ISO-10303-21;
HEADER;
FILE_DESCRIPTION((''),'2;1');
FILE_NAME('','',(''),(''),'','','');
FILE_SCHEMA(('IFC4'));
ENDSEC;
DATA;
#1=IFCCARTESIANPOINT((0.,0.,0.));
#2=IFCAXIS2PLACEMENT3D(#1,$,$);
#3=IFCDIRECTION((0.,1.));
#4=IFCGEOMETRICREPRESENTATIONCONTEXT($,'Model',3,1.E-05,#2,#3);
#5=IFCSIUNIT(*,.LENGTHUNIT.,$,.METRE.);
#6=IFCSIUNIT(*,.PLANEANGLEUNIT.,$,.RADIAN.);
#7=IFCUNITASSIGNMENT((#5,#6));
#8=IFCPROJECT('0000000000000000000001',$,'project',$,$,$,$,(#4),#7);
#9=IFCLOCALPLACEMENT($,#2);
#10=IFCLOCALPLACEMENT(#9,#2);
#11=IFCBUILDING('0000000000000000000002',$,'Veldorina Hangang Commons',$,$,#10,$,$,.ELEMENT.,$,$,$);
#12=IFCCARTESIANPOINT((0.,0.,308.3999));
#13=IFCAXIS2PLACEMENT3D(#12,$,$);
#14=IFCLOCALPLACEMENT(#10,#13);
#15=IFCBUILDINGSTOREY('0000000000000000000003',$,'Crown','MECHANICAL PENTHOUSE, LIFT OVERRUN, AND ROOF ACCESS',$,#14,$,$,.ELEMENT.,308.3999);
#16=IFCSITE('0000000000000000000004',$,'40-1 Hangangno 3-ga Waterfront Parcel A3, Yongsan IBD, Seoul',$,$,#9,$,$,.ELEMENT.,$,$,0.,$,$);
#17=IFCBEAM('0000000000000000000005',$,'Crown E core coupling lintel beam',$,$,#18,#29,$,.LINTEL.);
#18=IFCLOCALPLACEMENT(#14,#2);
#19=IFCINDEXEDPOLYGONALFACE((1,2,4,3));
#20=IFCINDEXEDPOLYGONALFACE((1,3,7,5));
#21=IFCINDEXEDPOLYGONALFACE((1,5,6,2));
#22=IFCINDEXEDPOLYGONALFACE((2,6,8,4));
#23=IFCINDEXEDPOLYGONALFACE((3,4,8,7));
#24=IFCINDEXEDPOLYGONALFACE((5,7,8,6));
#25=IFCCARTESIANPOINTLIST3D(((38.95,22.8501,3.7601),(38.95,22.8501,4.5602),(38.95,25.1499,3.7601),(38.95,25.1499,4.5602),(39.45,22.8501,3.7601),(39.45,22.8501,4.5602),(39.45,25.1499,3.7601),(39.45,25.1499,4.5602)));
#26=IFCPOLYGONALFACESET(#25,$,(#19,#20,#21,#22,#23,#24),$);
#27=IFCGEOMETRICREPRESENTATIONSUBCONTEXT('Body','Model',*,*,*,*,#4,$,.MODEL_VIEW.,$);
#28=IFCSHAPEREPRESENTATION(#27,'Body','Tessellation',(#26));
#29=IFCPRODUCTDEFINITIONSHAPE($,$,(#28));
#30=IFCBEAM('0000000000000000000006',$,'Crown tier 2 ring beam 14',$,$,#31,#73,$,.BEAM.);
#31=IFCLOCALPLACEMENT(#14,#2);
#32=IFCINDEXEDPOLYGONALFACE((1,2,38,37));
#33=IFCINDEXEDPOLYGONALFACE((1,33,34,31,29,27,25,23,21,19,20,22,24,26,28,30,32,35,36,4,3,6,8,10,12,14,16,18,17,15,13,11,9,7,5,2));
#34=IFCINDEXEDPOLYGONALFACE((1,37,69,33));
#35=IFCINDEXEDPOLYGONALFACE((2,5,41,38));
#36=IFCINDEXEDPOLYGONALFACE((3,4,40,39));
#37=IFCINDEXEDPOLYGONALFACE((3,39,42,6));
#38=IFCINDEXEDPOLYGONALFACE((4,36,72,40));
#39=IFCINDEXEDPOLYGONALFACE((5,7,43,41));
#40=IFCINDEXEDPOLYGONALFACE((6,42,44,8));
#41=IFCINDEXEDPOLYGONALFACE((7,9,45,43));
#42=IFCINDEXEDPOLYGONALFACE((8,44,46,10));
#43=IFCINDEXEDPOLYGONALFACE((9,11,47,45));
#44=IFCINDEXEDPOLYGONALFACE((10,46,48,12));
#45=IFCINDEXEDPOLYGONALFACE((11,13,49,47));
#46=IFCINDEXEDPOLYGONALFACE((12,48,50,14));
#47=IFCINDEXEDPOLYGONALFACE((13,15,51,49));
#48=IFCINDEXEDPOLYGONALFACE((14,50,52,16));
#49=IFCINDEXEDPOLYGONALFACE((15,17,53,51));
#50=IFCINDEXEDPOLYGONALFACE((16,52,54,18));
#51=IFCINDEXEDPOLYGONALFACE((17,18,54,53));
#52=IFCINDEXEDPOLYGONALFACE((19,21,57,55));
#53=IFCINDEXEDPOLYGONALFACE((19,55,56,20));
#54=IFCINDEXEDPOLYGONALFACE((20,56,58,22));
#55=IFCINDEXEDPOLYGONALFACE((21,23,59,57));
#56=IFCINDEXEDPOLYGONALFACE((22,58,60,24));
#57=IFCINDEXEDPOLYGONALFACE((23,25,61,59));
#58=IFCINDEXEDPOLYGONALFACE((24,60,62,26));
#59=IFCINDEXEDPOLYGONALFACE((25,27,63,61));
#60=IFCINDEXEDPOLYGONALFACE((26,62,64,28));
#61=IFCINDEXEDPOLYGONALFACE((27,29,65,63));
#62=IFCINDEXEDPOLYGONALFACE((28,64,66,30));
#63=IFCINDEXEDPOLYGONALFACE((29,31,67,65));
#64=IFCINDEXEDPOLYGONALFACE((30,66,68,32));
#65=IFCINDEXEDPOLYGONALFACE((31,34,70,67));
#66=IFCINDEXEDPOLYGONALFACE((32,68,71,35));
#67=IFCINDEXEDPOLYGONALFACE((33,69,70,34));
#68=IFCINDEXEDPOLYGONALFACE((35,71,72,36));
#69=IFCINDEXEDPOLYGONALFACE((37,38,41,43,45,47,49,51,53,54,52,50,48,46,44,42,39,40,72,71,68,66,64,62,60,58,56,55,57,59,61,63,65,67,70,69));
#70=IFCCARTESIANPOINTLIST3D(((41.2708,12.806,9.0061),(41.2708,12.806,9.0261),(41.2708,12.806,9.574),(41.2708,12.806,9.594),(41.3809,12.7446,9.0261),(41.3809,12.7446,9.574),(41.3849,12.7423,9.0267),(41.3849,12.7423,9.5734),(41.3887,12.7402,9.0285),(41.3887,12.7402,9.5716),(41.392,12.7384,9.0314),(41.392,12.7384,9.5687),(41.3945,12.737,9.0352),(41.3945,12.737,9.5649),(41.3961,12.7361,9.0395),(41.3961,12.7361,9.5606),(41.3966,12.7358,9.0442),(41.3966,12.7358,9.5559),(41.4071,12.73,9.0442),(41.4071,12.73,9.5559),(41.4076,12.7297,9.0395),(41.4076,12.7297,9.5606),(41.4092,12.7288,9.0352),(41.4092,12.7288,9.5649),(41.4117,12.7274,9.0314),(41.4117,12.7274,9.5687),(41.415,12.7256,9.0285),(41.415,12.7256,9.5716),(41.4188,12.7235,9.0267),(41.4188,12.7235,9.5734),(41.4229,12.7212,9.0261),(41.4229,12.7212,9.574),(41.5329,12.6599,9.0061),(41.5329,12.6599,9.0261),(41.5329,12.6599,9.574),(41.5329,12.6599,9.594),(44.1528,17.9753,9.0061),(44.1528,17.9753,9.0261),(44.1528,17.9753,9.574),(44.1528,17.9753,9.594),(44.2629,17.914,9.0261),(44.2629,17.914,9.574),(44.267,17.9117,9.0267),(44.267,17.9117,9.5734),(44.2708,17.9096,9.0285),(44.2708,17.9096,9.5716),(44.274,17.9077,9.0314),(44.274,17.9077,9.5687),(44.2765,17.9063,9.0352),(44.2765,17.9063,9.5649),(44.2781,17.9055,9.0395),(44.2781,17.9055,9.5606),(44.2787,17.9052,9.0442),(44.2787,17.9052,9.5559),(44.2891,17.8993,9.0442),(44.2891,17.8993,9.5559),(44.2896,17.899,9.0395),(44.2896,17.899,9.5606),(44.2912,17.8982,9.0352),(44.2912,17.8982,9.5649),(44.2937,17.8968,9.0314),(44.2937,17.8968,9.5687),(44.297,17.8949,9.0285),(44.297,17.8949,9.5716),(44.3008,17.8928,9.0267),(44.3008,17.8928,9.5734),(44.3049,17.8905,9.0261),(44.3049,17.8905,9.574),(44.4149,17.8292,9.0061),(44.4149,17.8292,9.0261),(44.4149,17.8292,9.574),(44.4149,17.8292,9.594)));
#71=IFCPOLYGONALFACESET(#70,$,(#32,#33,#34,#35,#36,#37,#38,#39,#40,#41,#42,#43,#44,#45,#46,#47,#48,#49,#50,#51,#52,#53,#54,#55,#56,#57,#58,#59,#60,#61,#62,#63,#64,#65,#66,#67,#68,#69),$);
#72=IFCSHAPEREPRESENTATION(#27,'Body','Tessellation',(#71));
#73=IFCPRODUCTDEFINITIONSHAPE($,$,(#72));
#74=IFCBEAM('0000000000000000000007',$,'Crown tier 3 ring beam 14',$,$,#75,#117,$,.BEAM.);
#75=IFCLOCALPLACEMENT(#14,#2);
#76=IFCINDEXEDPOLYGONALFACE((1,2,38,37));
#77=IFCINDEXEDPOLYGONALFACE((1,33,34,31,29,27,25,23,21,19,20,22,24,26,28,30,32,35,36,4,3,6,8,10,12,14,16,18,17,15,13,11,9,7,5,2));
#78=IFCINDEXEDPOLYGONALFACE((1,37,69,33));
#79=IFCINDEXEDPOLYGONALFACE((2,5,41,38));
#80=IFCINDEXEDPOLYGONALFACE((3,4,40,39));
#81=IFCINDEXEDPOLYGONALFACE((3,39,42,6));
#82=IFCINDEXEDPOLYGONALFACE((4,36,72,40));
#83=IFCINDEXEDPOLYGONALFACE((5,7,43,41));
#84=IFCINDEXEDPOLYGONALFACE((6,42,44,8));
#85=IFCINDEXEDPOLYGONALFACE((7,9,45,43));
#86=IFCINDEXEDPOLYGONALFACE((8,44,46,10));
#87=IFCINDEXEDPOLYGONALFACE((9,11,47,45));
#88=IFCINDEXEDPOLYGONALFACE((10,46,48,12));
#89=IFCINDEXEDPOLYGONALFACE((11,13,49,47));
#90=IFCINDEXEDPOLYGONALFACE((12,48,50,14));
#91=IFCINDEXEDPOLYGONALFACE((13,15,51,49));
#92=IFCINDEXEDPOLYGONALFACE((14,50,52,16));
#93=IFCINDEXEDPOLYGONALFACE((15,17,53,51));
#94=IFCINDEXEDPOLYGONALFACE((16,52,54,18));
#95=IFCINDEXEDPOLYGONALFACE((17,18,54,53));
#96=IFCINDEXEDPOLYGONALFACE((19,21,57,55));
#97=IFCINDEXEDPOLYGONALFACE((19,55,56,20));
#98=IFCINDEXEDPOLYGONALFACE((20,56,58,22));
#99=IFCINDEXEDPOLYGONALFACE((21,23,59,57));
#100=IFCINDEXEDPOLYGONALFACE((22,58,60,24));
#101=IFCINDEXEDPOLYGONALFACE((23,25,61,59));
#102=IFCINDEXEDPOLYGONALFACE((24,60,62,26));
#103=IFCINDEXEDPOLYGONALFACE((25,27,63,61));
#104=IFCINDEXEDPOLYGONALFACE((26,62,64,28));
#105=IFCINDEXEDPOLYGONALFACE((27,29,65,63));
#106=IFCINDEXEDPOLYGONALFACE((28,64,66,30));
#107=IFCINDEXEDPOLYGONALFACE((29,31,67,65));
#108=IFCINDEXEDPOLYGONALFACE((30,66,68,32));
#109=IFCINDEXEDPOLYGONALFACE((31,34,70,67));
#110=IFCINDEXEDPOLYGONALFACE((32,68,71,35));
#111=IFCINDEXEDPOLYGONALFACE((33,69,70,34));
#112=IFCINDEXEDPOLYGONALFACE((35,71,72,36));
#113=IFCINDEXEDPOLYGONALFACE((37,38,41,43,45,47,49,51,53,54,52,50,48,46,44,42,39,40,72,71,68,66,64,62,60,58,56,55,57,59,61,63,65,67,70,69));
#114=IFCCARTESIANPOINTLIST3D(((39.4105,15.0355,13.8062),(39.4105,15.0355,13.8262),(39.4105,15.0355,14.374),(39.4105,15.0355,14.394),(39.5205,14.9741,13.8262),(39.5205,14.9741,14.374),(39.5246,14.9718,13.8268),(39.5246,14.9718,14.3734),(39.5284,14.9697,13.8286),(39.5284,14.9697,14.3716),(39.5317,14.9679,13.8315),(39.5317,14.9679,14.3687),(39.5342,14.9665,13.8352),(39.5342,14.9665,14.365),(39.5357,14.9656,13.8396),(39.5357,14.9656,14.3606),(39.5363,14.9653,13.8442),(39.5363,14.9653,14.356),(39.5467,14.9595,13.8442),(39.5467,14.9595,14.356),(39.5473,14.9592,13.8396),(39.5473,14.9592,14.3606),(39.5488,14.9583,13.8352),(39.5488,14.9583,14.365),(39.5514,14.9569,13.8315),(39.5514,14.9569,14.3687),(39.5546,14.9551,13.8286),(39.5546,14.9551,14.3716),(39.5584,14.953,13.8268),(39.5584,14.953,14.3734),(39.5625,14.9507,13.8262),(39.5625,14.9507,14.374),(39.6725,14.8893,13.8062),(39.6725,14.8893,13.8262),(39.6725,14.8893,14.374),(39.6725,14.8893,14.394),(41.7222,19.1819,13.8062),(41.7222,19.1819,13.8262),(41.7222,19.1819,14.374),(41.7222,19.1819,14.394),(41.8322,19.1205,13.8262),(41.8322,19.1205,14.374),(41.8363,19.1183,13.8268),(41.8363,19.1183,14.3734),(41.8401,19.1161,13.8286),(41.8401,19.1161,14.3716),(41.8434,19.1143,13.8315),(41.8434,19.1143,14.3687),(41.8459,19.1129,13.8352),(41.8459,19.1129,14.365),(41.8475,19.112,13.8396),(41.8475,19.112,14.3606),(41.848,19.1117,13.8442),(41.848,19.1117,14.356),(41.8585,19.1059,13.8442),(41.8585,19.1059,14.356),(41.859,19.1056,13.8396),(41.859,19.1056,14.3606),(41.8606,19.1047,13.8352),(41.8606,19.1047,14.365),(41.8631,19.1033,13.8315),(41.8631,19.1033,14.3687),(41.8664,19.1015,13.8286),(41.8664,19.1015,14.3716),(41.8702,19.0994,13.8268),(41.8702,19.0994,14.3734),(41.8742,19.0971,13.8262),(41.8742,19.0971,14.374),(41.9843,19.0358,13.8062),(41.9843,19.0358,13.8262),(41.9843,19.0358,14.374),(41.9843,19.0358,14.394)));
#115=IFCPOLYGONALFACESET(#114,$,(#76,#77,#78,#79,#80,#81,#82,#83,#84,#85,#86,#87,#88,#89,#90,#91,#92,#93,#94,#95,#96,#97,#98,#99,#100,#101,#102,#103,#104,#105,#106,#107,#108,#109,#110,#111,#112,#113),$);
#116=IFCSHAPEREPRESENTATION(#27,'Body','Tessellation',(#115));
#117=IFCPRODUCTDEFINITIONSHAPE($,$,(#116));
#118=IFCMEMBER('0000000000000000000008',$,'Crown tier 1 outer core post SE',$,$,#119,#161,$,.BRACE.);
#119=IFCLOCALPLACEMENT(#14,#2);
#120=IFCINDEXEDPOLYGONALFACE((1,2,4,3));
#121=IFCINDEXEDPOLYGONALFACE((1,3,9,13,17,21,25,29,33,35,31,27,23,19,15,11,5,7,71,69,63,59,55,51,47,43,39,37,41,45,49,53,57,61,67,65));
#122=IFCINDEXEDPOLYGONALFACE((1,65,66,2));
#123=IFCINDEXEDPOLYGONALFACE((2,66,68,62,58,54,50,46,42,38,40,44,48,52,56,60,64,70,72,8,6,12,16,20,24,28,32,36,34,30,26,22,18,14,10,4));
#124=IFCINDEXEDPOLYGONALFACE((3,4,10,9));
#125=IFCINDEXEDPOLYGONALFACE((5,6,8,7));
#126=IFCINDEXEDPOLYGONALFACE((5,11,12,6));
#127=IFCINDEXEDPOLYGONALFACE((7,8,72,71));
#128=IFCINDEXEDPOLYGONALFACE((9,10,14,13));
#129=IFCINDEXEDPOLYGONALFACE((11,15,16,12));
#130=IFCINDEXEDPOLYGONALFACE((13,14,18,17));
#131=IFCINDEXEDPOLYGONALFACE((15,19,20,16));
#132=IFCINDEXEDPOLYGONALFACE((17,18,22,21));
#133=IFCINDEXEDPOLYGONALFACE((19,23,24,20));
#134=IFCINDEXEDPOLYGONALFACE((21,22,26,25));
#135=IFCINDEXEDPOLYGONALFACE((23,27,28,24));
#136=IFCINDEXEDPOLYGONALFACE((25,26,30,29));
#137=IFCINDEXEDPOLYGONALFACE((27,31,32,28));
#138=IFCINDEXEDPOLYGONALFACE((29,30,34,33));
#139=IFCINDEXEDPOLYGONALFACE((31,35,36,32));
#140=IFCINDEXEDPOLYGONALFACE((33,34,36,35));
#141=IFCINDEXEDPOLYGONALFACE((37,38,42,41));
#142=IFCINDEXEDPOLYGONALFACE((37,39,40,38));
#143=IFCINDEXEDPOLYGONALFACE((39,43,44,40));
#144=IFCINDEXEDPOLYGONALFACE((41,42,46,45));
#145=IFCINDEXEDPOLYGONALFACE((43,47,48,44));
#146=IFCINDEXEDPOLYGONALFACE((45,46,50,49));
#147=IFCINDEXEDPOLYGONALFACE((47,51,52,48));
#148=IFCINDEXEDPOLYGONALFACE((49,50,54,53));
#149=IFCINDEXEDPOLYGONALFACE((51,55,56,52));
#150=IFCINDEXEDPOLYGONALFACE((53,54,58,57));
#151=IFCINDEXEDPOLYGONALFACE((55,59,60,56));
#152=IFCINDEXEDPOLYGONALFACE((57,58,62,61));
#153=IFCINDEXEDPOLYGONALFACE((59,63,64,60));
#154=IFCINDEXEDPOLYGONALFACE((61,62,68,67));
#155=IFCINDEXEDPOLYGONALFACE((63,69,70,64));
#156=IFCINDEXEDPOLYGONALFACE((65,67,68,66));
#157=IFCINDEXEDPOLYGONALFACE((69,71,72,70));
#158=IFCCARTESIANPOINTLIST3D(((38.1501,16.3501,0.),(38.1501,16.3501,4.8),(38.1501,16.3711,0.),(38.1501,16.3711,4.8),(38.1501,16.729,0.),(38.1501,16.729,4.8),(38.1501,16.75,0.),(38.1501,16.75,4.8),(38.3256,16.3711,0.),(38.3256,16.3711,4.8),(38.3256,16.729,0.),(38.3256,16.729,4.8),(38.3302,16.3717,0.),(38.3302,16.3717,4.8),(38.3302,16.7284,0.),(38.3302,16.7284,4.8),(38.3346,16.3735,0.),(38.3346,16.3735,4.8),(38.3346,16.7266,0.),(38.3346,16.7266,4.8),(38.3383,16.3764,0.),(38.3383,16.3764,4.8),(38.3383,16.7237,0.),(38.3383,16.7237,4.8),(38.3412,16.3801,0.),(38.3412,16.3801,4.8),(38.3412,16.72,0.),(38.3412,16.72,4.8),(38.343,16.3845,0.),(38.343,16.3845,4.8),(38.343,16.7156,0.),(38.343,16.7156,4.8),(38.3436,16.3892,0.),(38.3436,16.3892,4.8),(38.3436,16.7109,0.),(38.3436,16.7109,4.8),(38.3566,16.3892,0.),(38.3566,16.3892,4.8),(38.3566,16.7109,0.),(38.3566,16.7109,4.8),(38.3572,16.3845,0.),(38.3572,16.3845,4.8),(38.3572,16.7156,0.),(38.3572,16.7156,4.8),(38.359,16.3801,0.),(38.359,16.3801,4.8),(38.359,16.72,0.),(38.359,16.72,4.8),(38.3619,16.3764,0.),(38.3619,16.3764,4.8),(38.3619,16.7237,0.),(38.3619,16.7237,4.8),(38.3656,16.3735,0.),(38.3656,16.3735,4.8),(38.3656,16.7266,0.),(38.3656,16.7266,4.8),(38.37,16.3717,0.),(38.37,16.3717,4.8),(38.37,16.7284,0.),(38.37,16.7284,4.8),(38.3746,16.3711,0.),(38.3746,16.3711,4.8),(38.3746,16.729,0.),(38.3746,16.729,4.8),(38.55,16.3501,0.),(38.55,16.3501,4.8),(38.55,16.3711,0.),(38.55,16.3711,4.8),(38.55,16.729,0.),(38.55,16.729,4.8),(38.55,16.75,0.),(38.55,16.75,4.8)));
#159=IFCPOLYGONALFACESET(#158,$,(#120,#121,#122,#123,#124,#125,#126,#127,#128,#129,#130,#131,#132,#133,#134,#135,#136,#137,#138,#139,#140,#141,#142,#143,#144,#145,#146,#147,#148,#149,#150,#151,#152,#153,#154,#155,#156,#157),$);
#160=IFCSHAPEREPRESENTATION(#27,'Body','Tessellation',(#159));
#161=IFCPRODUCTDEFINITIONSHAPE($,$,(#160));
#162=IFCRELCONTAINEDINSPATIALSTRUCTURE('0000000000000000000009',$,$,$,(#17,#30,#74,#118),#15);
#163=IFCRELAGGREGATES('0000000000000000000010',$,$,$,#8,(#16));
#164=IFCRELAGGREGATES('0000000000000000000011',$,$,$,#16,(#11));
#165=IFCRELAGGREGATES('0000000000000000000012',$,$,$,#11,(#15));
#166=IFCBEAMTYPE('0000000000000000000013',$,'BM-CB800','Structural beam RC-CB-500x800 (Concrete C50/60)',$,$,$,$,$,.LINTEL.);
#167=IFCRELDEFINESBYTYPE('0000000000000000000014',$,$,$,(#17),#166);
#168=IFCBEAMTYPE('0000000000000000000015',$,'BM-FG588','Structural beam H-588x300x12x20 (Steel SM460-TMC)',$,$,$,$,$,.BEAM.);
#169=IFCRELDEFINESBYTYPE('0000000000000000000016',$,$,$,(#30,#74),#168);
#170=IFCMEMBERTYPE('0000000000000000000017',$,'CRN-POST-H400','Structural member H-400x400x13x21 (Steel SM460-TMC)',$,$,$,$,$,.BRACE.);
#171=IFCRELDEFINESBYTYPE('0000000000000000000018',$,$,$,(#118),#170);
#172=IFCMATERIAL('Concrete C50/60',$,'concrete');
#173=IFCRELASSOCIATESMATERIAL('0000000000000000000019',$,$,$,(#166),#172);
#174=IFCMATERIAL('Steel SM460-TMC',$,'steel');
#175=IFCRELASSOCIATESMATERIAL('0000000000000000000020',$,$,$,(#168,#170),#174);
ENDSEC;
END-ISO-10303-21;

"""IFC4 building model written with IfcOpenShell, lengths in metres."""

from ifc_helpers import new_model, si_unit, direction, frame, origin, origin_2d, place, context, subcontext, project, spatial, rectangle, i_section, extrude, material, material_profile, profile_set, type_object, element, save


model = new_model("IFC4")

# Units and contexts
model_context = context("Model", 3, precision=1e-05, world=origin(), true_north=direction((0.0, 1.0)))
body_context = subcontext(model_context, "Body", "Model", "MODEL_VIEW")
ifc_project = project(units=[si_unit("LENGTHUNIT", "METRE"), si_unit("PLANEANGLEUNIT", "RADIAN")], contexts=[model_context])

# Site, building, storey
site_placement = place(None, origin())
site = spatial("IfcSite", under=ifc_project, at=site_placement, Name="40-1 Hangangno 3-ga Waterfront Parcel A3, Yongsan IBD, Seoul", CompositionType="ELEMENT", RefElevation=0.0)
building_placement = place(site_placement, origin())
building = spatial("IfcBuilding", under=site, at=building_placement, Name="Veldorina Hangang Commons", CompositionType="ELEMENT")
storey_placement = place(building_placement, frame((0.0, 0.0, 308.3999)))
storey = spatial("IfcBuildingStorey", under=building, at=storey_placement, Name="Crown", Description="MECHANICAL PENTHOUSE, LIFT OVERRUN, AND ROOF ACCESS", CompositionType="ELEMENT", Elevation=308.3999)

# Beams
ifc_material_1 = material(Name="Concrete C50/60", Category="concrete")
ifc_material_profile_1 = material_profile(ifc_material_1, rectangle(XDim=0.5, YDim=0.8, at=origin_2d()), Name="RC-CB-500x800")
ifc_profile_set_1 = profile_set([ifc_material_profile_1], Name="Concrete C50/60")
beam_type_1 = type_object("IfcBeamType", Name="BM-CB800", Description="Structural beam RC-CB-500x800 (Concrete C50/60)", PredefinedType="LINTEL", material=ifc_profile_set_1)
beam_1_placement = place(storey_placement, frame((39.2, 22.8501, 4.1602), z_axis=(0.0, 1.0, 0.0), x_axis=(-1.0, 0.0, 0.0)))
element("IfcBeam", 1, at=beam_1_placement, inside=storey, type_object=beam_type_1, Name="Crown E core coupling lintel beam", PredefinedType="LINTEL", context=body_context, shape_type="SweptSolid", body=[
    extrude(rectangle(XDim=0.5, YDim=0.8, at=origin_2d()), origin(), (0.0, 0.0, 1.0), 2.2998),
])
ifc_material_2 = material(Name="Steel SM460-TMC", Category="steel")
ifc_material_profile_2 = material_profile(ifc_material_2, i_section(OverallWidth=0.3, OverallDepth=0.5879, WebThickness=0.012, FlangeThickness=0.02, FilletRadius=0.0181, at=origin_2d()), Name="H-588x300x12x20")
ifc_profile_set_2 = profile_set([ifc_material_profile_2], Name="Steel SM460-TMC")
beam_type_2 = type_object("IfcBeamType", Name="BM-FG588", Description="Structural beam H-588x300x12x20 (Steel SM460-TMC)", PredefinedType="BEAM", material=ifc_profile_set_2)
beam_2_placement = place(storey_placement, frame((41.4019, 12.7329, 9.3), z_axis=(0.486956, 0.873427, 0.0), x_axis=(-0.873427, 0.486956, 0.0)))
element("IfcBeam", 2, at=beam_2_placement, inside=storey, type_object=beam_type_2, Name="Crown tier 2 ring beam 14", PredefinedType="BEAM", context=body_context, shape_type="SweptSolid", body=[
    extrude(i_section(OverallWidth=0.3, OverallDepth=0.5879, WebThickness=0.012, FlangeThickness=0.02, FilletRadius=0.0181, at=origin_2d()), origin(), (0.0, 0.0, 1.0), 5.9185),
])
beam_3_placement = place(storey_placement, frame((39.5415, 14.9624, 14.1001), z_axis=(0.486957, 0.873426, 0.0), x_axis=(-0.873426, 0.486957, 0.0)))
element("IfcBeam", 3, at=beam_3_placement, inside=storey, type_object=beam_type_2, Name="Crown tier 3 ring beam 14", PredefinedType="BEAM", context=body_context, shape_type="SweptSolid", body=[
    extrude(i_section(OverallWidth=0.3, OverallDepth=0.5879, WebThickness=0.012, FlangeThickness=0.02, FilletRadius=0.0181, at=origin_2d()), origin(), (0.0, 0.0, 1.0), 4.7473),
])

# Member
ifc_material_profile_3 = material_profile(ifc_material_2, i_section(OverallWidth=0.3999, OverallDepth=0.3999, WebThickness=0.0129, FlangeThickness=0.021, FilletRadius=0.0181, at=origin_2d()), Name="H-400x400x13x21")
ifc_profile_set_3 = profile_set([ifc_material_profile_3], Name="Steel SM460-TMC")
member_type_1 = type_object("IfcMemberType", Name="CRN-POST-H400", Description="Structural member H-400x400x13x21 (Steel SM460-TMC)", PredefinedType="BRACE", material=ifc_profile_set_3)
for number, where, z_axis, x_axis, name in (
    (4, (38.3501, 16.55, 0.0), (0.0, 0.0, 1.0), (1.0, 0.0, 0.0), "Crown tier 1 outer core post SE"),
):
    element("IfcMember", number, at=place(storey_placement, frame(where, z_axis=z_axis, x_axis=x_axis)), inside=storey, type_object=member_type_1, Name=name, PredefinedType="BRACE", context=body_context, shape_type="SweptSolid", body=[
        extrude(i_section(OverallWidth=0.3999, OverallDepth=0.3999, WebThickness=0.0129, FlangeThickness=0.021, FilletRadius=0.0181, at=origin_2d()), origin(), (0.0, 0.0, 1.0), 4.8),
    ])

save(model, "model.ifc")
